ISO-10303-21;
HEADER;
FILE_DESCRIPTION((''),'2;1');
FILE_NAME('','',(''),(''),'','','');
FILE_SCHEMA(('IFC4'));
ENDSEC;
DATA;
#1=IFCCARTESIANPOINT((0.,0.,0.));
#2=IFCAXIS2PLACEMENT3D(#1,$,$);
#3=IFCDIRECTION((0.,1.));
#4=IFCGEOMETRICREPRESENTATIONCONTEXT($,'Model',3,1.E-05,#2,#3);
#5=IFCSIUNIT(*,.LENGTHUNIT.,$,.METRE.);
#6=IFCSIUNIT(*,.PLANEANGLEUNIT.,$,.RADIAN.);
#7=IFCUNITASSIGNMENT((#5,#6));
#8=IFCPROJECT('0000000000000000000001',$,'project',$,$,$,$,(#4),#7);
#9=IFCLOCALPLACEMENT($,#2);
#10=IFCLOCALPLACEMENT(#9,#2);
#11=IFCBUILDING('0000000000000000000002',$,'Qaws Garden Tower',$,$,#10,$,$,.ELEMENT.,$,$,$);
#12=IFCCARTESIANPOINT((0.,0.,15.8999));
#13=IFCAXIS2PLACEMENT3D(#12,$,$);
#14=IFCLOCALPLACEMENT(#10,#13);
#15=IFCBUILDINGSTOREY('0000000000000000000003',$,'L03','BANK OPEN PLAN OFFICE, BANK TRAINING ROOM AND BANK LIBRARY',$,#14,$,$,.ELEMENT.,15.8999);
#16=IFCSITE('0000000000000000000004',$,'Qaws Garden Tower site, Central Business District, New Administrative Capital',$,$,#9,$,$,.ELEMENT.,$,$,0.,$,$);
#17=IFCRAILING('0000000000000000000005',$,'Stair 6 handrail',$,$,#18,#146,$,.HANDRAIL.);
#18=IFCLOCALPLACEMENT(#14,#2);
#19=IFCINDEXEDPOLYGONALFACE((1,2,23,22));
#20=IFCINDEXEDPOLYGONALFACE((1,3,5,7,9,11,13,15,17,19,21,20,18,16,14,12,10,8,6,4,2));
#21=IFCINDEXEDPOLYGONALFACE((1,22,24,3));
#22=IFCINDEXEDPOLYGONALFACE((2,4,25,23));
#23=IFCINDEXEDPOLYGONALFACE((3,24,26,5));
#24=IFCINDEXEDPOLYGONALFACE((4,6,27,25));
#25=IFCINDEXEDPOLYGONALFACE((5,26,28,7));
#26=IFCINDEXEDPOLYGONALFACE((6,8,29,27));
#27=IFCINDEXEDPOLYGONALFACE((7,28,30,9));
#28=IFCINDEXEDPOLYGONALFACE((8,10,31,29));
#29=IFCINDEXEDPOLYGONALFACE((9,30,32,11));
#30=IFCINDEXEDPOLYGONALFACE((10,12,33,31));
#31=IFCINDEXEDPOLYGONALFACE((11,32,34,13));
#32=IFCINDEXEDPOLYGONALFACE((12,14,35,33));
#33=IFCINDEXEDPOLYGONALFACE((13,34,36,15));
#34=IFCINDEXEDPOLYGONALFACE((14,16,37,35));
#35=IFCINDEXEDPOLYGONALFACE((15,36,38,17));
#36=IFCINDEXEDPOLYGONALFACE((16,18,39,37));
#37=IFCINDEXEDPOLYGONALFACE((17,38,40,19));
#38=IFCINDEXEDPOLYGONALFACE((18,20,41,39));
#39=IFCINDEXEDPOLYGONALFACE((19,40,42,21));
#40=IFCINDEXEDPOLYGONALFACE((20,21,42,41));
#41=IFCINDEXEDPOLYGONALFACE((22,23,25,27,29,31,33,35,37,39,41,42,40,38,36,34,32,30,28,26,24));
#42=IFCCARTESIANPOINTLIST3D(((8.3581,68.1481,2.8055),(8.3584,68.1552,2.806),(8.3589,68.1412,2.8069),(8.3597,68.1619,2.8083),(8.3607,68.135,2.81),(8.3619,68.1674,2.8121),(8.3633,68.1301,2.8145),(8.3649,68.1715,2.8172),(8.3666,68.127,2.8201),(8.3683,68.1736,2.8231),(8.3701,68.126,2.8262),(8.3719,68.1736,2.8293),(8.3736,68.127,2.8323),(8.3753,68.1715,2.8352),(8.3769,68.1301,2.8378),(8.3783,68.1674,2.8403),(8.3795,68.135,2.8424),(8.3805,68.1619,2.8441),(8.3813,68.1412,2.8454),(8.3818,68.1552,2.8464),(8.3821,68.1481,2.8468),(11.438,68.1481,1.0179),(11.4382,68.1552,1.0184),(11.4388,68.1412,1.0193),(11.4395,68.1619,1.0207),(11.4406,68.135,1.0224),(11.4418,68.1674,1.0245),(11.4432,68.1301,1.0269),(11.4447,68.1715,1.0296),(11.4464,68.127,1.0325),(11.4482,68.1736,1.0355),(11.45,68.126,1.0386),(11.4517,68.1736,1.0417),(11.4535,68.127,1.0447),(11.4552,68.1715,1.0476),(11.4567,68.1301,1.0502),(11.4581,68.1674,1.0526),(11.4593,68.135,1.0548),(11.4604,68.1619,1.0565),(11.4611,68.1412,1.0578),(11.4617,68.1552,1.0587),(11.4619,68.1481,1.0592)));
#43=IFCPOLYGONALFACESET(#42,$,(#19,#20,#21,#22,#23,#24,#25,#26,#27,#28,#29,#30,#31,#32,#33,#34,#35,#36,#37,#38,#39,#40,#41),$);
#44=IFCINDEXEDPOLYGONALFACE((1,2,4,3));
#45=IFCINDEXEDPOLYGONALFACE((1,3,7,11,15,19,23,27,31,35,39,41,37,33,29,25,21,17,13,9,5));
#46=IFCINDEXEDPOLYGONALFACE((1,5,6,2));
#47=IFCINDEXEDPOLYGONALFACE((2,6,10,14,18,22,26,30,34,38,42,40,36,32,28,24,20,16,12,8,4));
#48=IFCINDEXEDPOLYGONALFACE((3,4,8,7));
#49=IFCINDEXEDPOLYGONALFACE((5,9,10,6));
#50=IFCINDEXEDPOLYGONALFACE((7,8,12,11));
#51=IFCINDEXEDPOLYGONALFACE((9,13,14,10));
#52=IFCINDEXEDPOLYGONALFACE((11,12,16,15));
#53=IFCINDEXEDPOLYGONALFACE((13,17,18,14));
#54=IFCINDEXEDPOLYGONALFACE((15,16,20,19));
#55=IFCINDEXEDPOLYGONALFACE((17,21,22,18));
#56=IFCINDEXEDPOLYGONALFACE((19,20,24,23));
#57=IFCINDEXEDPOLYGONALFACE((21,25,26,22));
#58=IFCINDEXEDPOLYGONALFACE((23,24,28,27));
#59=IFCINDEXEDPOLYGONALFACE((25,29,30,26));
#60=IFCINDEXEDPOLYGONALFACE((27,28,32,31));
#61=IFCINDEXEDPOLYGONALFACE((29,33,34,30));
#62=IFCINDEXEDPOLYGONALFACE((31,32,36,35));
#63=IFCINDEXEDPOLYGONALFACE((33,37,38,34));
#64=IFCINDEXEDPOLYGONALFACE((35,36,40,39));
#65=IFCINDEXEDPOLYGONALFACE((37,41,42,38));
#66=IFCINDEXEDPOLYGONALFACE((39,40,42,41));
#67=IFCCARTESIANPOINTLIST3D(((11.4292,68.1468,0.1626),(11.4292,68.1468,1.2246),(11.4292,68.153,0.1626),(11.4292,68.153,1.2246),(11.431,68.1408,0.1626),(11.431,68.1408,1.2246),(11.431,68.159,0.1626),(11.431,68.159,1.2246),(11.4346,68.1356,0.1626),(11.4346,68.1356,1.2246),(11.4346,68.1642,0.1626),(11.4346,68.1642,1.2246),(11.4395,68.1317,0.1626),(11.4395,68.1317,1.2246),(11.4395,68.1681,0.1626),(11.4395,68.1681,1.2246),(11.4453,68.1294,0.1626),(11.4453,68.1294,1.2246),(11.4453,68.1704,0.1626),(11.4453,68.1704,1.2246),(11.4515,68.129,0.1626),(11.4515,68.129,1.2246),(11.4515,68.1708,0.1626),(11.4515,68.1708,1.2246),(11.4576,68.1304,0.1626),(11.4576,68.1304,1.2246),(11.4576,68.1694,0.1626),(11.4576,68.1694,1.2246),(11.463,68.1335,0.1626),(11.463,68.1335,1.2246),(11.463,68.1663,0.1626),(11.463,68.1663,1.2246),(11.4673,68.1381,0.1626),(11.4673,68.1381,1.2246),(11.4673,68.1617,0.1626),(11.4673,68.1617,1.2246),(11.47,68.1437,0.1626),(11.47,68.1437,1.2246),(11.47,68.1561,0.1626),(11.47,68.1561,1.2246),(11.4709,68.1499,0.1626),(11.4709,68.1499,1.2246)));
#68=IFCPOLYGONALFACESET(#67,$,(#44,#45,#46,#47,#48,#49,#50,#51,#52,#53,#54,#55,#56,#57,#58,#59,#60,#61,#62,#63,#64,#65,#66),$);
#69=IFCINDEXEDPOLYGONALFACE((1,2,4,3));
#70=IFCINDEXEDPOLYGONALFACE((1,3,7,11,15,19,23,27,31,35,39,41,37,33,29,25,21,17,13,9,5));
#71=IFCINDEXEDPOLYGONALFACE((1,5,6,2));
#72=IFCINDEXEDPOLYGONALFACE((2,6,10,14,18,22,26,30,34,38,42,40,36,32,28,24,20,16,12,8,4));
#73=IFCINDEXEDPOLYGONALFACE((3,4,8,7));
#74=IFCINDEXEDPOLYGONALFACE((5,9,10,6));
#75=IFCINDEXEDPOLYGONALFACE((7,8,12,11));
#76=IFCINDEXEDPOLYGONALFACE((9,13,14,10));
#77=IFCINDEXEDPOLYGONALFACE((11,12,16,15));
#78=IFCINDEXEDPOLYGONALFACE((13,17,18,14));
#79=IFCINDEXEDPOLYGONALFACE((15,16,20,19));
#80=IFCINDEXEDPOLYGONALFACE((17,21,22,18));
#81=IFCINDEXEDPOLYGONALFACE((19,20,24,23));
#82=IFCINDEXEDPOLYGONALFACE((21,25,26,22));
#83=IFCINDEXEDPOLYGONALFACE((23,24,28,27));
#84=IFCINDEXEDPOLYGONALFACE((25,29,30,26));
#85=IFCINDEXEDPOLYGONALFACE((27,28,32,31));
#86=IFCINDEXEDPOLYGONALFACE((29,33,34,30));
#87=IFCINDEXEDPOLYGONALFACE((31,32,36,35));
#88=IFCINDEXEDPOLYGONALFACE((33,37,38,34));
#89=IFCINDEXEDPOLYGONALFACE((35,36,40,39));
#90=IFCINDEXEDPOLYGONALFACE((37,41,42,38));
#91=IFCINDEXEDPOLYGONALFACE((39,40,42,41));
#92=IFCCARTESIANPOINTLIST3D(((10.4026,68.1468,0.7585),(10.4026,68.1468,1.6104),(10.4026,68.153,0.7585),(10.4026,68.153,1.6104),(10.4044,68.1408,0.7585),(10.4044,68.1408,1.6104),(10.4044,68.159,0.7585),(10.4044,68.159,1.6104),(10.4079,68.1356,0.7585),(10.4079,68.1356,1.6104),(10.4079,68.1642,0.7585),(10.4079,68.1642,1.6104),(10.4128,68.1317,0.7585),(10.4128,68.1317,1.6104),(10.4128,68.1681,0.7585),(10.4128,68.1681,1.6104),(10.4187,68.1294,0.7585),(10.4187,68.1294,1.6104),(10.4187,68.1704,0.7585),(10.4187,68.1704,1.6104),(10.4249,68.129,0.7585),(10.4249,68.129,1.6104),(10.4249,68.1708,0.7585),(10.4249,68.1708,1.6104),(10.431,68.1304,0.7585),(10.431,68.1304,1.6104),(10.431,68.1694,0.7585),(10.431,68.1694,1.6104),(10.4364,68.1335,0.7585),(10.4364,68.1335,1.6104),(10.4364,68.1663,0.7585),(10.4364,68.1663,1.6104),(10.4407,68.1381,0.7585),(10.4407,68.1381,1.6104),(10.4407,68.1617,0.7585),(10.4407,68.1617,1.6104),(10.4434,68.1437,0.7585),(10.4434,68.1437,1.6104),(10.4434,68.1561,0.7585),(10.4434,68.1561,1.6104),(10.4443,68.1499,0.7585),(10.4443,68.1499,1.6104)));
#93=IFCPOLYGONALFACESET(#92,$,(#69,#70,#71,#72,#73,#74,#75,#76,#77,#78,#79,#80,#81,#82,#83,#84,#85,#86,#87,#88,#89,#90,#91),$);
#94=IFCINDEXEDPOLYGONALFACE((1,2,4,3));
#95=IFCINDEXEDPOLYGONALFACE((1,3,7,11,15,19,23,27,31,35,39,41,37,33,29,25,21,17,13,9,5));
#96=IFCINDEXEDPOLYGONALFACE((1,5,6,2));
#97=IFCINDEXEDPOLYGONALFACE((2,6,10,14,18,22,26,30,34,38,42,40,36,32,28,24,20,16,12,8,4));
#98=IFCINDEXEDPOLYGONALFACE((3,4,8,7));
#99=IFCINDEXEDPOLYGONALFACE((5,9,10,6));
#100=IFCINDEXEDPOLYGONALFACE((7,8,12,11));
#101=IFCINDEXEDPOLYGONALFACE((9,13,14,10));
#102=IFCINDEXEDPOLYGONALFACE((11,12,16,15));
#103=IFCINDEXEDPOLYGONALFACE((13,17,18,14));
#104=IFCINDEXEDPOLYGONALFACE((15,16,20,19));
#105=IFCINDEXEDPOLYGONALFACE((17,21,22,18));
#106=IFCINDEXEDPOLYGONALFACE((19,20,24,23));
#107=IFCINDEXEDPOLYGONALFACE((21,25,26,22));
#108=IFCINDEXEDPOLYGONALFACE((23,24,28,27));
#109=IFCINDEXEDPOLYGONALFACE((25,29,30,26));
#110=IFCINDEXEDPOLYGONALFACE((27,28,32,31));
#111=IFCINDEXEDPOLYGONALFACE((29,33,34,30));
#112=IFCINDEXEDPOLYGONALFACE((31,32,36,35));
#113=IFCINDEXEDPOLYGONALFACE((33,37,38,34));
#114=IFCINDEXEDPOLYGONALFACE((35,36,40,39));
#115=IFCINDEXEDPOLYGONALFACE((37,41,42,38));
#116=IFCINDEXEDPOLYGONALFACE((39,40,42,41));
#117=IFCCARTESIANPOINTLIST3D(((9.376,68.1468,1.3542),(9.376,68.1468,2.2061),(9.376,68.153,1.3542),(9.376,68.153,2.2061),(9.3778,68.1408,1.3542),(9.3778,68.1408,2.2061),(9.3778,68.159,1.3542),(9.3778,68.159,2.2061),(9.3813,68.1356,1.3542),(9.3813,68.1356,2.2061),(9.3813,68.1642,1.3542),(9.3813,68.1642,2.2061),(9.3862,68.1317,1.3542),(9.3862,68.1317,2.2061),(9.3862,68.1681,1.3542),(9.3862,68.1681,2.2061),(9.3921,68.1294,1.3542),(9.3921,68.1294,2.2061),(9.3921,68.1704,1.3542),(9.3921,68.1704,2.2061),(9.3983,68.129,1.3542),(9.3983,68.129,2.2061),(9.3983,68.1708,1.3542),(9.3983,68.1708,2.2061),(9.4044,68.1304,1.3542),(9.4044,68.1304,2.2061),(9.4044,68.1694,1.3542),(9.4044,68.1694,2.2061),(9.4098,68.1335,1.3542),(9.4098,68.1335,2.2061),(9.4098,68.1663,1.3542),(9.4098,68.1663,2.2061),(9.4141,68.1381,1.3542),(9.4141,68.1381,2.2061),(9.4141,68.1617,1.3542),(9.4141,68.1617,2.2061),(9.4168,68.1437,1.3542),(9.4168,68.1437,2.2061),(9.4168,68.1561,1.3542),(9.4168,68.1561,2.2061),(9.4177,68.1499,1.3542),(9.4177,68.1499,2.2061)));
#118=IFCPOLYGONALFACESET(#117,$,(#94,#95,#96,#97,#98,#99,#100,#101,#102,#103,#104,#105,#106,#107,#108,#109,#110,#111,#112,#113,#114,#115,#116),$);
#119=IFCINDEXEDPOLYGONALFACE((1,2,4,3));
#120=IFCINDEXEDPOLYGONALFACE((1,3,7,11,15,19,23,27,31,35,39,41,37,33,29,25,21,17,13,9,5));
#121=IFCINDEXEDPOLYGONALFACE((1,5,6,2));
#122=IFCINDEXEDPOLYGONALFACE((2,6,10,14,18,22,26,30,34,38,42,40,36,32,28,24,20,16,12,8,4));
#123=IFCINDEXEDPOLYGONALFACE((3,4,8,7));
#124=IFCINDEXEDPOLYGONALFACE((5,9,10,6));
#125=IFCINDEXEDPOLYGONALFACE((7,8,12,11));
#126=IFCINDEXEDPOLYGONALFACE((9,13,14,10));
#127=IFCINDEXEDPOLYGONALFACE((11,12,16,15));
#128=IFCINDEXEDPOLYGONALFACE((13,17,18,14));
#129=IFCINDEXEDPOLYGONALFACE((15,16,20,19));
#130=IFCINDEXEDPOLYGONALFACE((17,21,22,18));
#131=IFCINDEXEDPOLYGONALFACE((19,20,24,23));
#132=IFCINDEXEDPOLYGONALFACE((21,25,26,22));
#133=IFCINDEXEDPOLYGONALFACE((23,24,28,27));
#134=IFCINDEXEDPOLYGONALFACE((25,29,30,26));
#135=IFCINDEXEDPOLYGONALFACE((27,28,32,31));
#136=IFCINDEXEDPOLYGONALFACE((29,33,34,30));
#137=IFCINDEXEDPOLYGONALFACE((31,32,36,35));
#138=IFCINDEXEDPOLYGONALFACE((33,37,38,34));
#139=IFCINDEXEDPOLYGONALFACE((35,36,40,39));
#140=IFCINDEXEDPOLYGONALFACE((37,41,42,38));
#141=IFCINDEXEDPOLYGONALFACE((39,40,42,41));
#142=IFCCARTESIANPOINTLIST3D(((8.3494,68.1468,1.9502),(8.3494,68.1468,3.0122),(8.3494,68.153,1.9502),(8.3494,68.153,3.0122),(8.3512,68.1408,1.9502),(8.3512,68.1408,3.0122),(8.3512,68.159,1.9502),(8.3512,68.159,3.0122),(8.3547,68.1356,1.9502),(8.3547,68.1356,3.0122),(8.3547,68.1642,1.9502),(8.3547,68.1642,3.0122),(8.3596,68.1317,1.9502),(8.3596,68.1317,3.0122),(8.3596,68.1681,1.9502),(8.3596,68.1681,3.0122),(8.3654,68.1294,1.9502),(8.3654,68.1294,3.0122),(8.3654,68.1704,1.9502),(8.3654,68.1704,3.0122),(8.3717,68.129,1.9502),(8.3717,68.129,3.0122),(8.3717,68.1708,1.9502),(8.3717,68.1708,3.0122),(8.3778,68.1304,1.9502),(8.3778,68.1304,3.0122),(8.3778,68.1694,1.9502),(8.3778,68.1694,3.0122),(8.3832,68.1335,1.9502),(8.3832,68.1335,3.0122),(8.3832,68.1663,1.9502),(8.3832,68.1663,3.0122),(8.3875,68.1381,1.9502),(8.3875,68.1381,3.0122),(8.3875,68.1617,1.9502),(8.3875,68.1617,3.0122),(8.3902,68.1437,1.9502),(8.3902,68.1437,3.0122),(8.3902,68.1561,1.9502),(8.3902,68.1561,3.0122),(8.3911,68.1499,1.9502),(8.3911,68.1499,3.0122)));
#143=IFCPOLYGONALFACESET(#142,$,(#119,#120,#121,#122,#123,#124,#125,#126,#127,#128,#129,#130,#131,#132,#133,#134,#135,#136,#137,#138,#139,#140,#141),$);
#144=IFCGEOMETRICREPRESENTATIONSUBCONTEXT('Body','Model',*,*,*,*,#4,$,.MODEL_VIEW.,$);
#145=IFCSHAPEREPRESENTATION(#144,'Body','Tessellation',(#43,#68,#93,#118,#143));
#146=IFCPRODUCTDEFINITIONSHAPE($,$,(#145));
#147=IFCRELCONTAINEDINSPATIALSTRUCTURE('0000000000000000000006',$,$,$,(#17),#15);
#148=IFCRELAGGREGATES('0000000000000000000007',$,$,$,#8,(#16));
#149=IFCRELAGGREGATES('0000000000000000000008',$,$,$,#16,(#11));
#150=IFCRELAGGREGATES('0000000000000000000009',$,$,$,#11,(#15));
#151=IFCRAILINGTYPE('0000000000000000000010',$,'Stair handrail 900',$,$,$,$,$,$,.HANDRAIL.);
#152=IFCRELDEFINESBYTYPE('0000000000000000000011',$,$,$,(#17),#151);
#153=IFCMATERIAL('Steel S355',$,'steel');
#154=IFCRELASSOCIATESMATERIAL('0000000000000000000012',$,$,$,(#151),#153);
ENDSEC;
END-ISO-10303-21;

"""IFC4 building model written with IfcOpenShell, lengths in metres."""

from ifc_helpers import new_model, si_unit, direction, frame, origin, origin_2d, place, context, subcontext, project, spatial, circle, extrude, material, type_object, element, save


model = new_model("IFC4")

# Units and contexts
model_context = context("Model", 3, precision=1e-05, world=origin(), true_north=direction((0.0, 1.0)))
body_context = subcontext(model_context, "Body", "Model", "MODEL_VIEW")
ifc_project = project(units=[si_unit("LENGTHUNIT", "METRE"), si_unit("PLANEANGLEUNIT", "RADIAN")], contexts=[model_context])

# Site, building, storey
site_placement = place(None, origin())
site = spatial("IfcSite", under=ifc_project, at=site_placement, Name="Qaws Garden Tower site, Central Business District, New Administrative Capital", CompositionType="ELEMENT", RefElevation=0.0)
building_placement = place(site_placement, origin())
building = spatial("IfcBuilding", under=site, at=building_placement, Name="Qaws Garden Tower", CompositionType="ELEMENT")
storey_placement = place(building_placement, frame((0.0, 0.0, 15.8999)))
storey = spatial("IfcBuildingStorey", under=building, at=storey_placement, Name="L03", Description="BANK OPEN PLAN OFFICE, BANK TRAINING ROOM AND BANK LIBRARY", CompositionType="ELEMENT", Elevation=15.8999)

# Railing
ifc_material_1 = material(Name="Steel S355", Category="steel")
railing_type = type_object("IfcRailingType", Name="Stair handrail 900", PredefinedType="HANDRAIL", material=ifc_material_1)
railing_1_placement = place(storey_placement, frame((11.45, 68.1499, 0.1626)))
element("IfcRailing", 1, at=railing_1_placement, inside=storey, type_object=railing_type, Name="Stair 6 handrail", PredefinedType="HANDRAIL", context=body_context, shape_type="SweptSolid", body=[
    extrude(circle(Radius=0.0239, at=origin_2d()), frame((0.0, 0.0, 0.876), z_axis=(-0.864873, 0.0, 0.50199), x_axis=(0.0, -1.0, 0.0)), (0.0, 0.0, 1.0), 3.561),
    extrude(circle(Radius=0.021, at=origin_2d()), origin(), (0.0, 0.0, 1.0), 1.062),
    extrude(circle(Radius=0.021, at=origin_2d()), frame((-1.0266, 0.0, 0.5959)), (0.0, 0.0, 1.0), 0.8518),
    extrude(circle(Radius=0.021, at=origin_2d()), frame((-2.0532, 0.0, 1.1917)), (0.0, 0.0, 1.0), 0.8518),
    extrude(circle(Radius=0.021, at=origin_2d()), frame((-3.0798, 0.0, 1.7876)), (0.0, 0.0, 1.0), 1.062),
])

save(model, "model.ifc")
